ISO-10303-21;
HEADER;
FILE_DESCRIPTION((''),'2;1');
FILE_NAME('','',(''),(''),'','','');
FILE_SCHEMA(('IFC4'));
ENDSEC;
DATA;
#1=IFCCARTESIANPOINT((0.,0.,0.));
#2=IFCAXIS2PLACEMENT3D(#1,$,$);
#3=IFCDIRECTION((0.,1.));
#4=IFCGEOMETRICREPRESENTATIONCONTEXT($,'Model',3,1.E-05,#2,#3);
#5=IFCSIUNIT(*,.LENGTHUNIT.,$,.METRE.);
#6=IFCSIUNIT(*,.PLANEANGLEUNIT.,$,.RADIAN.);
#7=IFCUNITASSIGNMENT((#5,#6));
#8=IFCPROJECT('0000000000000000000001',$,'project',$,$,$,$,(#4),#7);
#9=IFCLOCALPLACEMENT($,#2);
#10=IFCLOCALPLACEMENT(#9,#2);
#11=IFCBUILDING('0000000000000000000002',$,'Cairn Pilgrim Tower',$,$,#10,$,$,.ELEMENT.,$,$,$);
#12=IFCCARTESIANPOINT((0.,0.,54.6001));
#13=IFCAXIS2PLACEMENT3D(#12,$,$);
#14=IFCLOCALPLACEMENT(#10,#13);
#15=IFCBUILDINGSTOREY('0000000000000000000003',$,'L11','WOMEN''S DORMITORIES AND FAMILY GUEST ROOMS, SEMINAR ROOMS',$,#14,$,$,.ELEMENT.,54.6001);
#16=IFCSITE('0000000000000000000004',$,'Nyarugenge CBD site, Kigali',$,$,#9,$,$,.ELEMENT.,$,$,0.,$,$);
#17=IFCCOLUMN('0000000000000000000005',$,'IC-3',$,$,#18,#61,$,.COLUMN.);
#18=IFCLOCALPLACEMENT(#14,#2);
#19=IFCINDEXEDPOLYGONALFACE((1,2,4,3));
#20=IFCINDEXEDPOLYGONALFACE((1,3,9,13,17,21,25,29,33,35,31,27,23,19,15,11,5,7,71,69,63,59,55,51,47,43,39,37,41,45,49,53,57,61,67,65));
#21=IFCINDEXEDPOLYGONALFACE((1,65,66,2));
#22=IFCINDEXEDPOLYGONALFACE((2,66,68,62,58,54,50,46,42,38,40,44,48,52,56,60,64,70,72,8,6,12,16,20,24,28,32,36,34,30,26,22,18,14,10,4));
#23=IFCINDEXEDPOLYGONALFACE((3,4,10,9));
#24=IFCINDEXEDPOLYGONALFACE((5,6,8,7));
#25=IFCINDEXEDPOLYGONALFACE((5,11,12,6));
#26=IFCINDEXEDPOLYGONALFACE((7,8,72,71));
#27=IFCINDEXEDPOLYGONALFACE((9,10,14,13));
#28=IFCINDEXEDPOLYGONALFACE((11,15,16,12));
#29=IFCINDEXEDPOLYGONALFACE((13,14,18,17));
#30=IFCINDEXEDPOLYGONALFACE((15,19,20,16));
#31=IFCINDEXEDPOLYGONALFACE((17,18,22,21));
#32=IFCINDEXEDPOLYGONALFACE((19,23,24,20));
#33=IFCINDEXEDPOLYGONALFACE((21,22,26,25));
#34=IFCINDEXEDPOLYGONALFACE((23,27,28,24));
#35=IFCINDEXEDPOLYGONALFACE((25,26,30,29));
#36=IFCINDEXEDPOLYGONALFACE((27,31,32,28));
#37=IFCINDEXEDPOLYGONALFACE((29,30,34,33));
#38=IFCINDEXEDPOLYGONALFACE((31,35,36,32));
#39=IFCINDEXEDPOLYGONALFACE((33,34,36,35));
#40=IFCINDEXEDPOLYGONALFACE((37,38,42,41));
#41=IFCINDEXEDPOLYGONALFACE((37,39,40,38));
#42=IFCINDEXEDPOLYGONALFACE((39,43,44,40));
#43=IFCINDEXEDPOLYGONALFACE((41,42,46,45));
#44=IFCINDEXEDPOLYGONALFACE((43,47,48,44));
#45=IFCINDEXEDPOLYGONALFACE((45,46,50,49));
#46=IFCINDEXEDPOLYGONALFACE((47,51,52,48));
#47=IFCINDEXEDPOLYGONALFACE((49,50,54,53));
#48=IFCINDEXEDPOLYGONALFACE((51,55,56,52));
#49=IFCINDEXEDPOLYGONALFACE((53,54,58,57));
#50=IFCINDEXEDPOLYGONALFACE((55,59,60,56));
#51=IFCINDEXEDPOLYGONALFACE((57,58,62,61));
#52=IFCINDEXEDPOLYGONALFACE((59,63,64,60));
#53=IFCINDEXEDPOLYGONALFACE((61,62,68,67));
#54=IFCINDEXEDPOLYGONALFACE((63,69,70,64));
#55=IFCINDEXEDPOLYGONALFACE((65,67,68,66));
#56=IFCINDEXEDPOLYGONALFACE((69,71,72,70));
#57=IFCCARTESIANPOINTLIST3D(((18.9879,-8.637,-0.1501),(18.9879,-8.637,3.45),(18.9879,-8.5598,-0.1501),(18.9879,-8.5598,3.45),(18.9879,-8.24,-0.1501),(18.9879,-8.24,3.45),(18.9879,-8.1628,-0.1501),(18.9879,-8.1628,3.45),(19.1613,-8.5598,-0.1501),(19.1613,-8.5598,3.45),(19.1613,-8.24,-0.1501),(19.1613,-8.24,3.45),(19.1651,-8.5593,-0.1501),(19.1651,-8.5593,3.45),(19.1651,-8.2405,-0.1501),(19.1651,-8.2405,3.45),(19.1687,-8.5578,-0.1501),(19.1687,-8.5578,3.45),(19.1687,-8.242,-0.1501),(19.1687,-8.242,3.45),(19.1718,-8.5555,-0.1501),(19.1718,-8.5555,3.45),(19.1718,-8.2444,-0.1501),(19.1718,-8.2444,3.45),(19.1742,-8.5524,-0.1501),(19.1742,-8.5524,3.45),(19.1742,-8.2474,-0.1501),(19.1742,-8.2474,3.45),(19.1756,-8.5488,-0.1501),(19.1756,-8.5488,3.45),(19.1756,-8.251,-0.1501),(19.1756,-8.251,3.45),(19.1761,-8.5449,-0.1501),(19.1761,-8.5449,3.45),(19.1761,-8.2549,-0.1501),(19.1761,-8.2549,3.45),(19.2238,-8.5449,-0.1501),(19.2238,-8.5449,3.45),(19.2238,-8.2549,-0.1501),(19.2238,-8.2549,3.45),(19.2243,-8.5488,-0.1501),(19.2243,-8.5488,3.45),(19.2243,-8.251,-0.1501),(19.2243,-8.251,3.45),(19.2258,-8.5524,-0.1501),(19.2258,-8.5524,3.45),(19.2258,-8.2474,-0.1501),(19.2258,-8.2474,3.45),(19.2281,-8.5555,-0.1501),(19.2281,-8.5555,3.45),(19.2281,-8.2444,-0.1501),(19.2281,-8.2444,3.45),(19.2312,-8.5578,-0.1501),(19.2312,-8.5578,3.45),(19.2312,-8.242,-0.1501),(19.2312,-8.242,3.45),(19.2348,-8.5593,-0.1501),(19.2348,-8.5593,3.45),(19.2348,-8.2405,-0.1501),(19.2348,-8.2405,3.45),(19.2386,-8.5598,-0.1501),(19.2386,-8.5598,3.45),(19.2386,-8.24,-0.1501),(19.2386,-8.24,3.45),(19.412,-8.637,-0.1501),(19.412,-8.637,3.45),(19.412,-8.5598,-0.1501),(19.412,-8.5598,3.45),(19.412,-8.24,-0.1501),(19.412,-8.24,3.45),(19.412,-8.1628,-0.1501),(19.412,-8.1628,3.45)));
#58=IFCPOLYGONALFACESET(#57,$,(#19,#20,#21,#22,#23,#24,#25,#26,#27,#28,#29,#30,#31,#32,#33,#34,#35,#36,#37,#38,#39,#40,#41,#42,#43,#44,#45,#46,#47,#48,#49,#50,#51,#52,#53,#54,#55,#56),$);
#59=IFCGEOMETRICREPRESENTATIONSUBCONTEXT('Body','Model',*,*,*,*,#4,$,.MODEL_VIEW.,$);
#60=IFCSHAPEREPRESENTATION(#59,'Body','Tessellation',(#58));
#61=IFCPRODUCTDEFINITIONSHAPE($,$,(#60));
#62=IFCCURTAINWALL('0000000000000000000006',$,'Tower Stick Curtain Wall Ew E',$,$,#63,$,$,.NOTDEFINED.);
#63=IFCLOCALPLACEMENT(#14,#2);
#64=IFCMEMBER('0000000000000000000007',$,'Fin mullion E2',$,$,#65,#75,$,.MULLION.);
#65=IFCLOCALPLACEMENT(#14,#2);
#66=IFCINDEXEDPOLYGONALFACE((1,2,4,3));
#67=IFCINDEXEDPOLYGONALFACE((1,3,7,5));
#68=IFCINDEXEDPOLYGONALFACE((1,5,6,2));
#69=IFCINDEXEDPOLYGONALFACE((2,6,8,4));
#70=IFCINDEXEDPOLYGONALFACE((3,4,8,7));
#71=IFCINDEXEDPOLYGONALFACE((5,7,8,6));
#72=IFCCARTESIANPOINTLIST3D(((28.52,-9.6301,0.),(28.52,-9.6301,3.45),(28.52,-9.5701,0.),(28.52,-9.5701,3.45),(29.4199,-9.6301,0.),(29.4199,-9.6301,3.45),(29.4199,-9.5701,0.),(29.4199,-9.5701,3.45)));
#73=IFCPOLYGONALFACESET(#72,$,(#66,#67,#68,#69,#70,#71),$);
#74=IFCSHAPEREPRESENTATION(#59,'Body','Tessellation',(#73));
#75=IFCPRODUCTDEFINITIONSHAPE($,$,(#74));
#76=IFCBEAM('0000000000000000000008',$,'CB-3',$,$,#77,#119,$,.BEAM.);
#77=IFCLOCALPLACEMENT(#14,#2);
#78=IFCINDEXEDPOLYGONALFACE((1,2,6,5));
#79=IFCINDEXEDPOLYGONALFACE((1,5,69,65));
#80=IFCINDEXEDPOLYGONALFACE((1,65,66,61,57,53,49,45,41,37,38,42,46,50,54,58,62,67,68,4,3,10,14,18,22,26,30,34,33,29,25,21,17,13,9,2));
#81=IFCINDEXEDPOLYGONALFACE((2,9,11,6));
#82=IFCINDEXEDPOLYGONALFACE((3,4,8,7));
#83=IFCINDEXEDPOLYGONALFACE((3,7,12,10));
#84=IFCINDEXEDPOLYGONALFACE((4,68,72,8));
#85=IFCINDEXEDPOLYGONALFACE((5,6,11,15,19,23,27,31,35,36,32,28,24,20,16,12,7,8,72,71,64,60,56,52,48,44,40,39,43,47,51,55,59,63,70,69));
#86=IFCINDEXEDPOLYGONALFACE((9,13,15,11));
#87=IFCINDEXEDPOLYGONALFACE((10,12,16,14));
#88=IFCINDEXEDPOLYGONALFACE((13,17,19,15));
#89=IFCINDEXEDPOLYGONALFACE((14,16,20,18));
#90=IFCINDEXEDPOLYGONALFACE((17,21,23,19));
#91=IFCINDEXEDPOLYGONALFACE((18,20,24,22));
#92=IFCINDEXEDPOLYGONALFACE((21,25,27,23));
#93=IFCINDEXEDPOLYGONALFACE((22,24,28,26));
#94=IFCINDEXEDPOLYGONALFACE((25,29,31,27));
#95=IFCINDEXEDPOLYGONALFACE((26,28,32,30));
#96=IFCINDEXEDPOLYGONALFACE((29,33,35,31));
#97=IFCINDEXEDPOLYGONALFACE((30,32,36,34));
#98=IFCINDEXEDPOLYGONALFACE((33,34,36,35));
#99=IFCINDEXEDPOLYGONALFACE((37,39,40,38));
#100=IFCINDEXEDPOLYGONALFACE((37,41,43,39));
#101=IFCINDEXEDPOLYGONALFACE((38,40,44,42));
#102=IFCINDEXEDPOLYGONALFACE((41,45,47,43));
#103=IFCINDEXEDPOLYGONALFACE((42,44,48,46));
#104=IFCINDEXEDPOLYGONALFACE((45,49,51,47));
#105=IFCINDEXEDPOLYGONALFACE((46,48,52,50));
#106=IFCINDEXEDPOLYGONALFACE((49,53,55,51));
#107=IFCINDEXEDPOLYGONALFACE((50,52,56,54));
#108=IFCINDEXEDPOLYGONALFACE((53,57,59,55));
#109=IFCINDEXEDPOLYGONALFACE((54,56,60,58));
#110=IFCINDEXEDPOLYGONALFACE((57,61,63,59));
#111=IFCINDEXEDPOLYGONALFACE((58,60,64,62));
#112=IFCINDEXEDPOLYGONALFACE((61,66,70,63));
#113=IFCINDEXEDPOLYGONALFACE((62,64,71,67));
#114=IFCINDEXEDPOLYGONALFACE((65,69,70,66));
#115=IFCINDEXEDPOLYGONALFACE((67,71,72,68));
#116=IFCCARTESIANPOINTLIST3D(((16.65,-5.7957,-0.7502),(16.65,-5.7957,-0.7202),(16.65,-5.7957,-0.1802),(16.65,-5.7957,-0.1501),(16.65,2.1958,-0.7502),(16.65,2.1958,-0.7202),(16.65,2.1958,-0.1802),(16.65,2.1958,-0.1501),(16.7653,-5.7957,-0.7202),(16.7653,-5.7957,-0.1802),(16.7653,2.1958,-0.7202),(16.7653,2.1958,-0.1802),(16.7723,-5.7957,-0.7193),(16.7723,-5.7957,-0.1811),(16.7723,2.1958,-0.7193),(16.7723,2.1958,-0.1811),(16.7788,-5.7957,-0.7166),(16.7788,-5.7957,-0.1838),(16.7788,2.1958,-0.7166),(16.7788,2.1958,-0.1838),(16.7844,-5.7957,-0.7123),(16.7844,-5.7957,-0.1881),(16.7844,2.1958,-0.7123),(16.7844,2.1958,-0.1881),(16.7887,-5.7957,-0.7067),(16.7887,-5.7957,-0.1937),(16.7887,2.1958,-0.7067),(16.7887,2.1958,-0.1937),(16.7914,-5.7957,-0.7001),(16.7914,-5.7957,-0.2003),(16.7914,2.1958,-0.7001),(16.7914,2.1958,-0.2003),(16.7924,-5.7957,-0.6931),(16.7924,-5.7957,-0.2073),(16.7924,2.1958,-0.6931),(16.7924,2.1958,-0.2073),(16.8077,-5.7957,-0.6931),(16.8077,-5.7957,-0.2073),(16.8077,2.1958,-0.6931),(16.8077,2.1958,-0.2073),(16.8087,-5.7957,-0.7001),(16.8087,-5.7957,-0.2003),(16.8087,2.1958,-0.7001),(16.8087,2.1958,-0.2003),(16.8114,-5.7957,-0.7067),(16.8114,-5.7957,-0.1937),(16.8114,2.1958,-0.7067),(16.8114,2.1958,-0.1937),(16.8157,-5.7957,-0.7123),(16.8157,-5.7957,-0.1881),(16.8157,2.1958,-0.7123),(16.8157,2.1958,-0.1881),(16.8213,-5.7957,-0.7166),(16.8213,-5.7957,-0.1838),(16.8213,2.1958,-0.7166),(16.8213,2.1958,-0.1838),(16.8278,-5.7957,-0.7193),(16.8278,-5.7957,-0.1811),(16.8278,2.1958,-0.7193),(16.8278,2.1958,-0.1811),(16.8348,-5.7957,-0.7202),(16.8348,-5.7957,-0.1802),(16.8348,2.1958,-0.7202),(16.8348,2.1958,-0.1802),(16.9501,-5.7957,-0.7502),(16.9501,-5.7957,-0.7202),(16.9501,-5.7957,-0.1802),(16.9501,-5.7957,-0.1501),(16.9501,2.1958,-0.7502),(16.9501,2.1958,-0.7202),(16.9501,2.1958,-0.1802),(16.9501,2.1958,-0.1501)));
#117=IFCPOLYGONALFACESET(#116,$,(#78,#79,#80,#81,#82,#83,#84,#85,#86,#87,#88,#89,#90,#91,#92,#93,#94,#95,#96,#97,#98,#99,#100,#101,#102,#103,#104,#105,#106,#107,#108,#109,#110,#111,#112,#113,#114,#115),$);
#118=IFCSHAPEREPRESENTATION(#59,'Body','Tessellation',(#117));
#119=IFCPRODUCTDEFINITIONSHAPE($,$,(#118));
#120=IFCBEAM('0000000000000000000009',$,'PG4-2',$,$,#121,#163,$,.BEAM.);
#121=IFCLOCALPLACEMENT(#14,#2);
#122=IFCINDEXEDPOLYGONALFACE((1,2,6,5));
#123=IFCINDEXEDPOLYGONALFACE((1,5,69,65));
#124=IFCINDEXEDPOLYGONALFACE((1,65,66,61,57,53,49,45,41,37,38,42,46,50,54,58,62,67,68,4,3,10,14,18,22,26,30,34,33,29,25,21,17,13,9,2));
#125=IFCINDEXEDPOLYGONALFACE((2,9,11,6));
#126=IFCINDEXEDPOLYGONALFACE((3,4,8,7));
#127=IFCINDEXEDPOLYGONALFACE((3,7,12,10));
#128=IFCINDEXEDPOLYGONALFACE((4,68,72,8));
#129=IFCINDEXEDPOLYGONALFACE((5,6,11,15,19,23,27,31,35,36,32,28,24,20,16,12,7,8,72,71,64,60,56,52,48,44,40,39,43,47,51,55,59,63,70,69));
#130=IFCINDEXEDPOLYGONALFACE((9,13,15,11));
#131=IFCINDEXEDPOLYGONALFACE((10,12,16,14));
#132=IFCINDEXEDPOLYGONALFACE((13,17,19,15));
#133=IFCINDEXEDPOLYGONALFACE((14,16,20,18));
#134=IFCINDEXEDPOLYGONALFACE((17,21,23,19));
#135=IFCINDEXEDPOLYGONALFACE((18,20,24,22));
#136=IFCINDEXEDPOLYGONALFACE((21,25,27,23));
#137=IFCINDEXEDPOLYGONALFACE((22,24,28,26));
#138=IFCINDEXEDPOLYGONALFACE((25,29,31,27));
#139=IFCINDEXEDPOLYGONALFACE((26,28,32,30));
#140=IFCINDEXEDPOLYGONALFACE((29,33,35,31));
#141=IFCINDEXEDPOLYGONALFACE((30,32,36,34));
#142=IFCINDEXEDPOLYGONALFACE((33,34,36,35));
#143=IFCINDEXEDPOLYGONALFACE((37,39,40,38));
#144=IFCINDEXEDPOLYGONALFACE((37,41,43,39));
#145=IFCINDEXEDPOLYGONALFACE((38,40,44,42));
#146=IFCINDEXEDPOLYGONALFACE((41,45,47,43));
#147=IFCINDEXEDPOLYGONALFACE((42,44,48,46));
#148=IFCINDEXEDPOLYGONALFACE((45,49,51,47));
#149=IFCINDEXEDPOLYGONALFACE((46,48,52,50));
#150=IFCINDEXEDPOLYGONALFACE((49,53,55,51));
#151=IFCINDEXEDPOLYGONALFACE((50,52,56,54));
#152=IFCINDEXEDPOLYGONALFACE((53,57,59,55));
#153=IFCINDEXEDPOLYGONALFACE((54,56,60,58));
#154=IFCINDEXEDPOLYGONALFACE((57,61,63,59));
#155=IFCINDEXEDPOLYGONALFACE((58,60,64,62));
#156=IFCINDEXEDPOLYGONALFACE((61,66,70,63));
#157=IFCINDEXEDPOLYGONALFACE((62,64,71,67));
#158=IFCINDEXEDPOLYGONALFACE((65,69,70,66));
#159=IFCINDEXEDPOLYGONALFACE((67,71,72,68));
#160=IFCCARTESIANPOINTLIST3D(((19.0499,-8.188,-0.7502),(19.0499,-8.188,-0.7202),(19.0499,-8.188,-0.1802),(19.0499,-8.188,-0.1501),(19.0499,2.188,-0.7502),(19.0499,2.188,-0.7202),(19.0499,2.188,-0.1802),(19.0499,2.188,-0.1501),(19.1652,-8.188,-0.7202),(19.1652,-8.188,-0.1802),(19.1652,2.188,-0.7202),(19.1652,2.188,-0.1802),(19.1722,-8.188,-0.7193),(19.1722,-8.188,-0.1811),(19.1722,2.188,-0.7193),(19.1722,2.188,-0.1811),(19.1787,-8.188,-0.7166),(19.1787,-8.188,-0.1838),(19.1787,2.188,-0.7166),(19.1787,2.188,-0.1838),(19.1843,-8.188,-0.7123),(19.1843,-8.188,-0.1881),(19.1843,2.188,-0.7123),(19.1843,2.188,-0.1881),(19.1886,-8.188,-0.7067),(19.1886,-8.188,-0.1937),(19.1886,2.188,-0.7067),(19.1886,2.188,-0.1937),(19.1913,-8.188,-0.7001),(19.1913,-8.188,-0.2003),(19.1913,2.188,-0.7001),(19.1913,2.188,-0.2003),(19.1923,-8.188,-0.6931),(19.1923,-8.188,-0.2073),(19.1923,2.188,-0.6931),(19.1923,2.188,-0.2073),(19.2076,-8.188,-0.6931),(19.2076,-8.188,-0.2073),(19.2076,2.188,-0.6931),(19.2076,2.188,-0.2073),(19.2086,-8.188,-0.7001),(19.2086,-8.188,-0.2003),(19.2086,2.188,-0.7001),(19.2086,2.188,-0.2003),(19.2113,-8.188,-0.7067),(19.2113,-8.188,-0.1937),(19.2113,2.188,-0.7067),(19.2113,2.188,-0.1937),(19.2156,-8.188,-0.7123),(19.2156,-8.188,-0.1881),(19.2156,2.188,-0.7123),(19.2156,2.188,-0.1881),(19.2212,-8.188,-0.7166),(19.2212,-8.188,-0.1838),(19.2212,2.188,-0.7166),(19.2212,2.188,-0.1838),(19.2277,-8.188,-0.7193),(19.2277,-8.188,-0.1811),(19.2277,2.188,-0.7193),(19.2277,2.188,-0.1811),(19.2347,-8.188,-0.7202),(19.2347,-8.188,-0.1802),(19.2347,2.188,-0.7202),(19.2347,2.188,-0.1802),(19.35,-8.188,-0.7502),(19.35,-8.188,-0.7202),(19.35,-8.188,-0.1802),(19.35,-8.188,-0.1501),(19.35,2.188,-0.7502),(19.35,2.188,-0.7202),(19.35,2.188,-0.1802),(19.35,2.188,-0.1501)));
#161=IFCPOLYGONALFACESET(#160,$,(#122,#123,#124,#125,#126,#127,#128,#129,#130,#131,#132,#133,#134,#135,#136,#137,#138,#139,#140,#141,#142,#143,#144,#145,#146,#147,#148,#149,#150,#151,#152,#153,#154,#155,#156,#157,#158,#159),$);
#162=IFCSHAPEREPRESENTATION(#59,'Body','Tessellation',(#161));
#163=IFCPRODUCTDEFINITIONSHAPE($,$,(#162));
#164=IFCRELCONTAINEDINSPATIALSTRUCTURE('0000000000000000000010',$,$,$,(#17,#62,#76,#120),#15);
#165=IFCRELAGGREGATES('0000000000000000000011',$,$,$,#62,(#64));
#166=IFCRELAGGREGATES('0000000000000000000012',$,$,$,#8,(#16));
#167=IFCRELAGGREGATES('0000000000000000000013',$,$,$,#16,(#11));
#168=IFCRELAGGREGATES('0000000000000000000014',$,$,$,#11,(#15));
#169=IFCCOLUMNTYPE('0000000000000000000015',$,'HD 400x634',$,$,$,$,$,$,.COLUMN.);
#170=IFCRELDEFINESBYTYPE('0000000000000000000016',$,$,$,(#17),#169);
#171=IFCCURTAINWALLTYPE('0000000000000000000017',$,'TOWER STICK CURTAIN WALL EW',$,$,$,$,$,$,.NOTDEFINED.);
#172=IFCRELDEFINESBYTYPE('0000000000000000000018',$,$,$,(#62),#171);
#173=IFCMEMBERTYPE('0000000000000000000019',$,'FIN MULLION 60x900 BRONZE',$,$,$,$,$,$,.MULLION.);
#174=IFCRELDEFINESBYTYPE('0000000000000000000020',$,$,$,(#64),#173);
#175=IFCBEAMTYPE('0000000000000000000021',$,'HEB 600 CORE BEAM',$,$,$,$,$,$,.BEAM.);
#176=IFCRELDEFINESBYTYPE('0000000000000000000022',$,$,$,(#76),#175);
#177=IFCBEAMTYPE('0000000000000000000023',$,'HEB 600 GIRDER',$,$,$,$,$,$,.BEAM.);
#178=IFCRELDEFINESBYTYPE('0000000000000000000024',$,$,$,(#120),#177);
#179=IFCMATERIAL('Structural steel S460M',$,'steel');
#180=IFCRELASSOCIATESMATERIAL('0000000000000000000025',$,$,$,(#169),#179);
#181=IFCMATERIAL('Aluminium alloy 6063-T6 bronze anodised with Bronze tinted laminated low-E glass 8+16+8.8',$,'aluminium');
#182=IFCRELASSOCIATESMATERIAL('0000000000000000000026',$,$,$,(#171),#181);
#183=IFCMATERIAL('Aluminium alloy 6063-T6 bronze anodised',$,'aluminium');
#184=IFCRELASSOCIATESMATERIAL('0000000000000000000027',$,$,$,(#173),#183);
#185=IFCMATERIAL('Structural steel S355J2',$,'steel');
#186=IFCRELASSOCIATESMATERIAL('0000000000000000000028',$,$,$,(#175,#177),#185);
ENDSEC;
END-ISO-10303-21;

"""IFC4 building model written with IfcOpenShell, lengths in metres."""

from ifc_helpers import new_model, si_unit, direction, frame, origin, origin_2d, place, context, subcontext, project, spatial, rectangle, i_section, extrude, material, material_profile, profile_set, type_object, element, aggregate, save


model = new_model("IFC4")

# Units and contexts
model_context = context("Model", 3, precision=1e-05, world=origin(), true_north=direction((0.0, 1.0)))
body_context = subcontext(model_context, "Body", "Model", "MODEL_VIEW")
ifc_project = project(units=[si_unit("LENGTHUNIT", "METRE"), si_unit("PLANEANGLEUNIT", "RADIAN")], contexts=[model_context])

# Site, building, storey
site_placement = place(None, origin())
site = spatial("IfcSite", under=ifc_project, at=site_placement, Name="Nyarugenge CBD site, Kigali", CompositionType="ELEMENT", RefElevation=0.0)
building_placement = place(site_placement, origin())
building = spatial("IfcBuilding", under=site, at=building_placement, Name="Cairn Pilgrim Tower", CompositionType="ELEMENT")
storey_placement = place(building_placement, frame((0.0, 0.0, 54.6001)))
storey = spatial("IfcBuildingStorey", under=building, at=storey_placement, Name="L11", Description="WOMEN'S DORMITORIES AND FAMILY GUEST ROOMS, SEMINAR ROOMS", CompositionType="ELEMENT", Elevation=54.6001)

# Column
ifc_material_1 = material(Name="Structural steel S460M", Category="steel")
ifc_material_profile_1 = material_profile(ifc_material_1, i_section(OverallWidth=0.4241, OverallDepth=0.4741, WebThickness=0.0476, FlangeThickness=0.0771, FilletRadius=0.0149, at=origin_2d()), Name="HD 400x634")
ifc_profile_set_1 = profile_set([ifc_material_profile_1], Name="Structural steel S460M")
column_type = type_object("IfcColumnType", Name="HD 400x634", PredefinedType="COLUMN", material=ifc_profile_set_1)
column_placement = place(storey_placement, frame((19.2, -8.3999, -0.1501), z_axis=(0.0, 0.0, 1.0), x_axis=(1.0, 0.0, 0.0)))
element("IfcColumn", 1, at=column_placement, inside=storey, type_object=column_type, Name="IC-3", PredefinedType="COLUMN", context=body_context, shape_type="SweptSolid", body=[
    extrude(i_section(OverallWidth=0.4241, OverallDepth=0.4741, WebThickness=0.0476, FlangeThickness=0.0771, FilletRadius=0.0149, at=origin_2d()), origin(), (0.0, 0.0, 1.0), 3.6001),
])

# Curtain wall, member
ifc_material_2 = material(Name="Aluminium alloy 6063-T6 bronze anodised with Bronze tinted laminated low-E glass 8+16+8.8", Category="aluminium")
curtain_wall_type = type_object("IfcCurtainWallType", Name="TOWER STICK CURTAIN WALL EW", PredefinedType="NOTDEFINED", material=ifc_material_2)
curtain_wall_placement = place(storey_placement, origin())
curtain_wall = element("IfcCurtainWall", 2, at=curtain_wall_placement, inside=storey, type_object=curtain_wall_type, Name="Tower Stick Curtain Wall Ew E", PredefinedType="NOTDEFINED")
ifc_material_3 = material(Name="Aluminium alloy 6063-T6 bronze anodised", Category="aluminium")
ifc_material_profile_2 = material_profile(ifc_material_3, rectangle(XDim=0.8999, YDim=0.0601, at=origin_2d()), Name="FIN MULLION 60x900 BRONZE")
ifc_profile_set_2 = profile_set([ifc_material_profile_2], Name="Aluminium alloy 6063-T6 bronze anodised")
member_type = type_object("IfcMemberType", Name="FIN MULLION 60x900 BRONZE", PredefinedType="MULLION", material=ifc_profile_set_2)
member_placement = place(storey_placement, frame((28.97, -9.6001, 0.0), z_axis=(0.0, 0.0, 1.0), x_axis=(1.0, 0.0, 0.0)))
member = element("IfcMember", 3, at=member_placement, type_object=member_type, Name="Fin mullion E2", PredefinedType="MULLION", context=body_context, shape_type="SweptSolid", body=[
    extrude(rectangle(XDim=0.8999, YDim=0.0601, at=origin_2d()), origin(), (0.0, 0.0, 1.0), 3.45),
])

# Beams
ifc_material_4 = material(Name="Structural steel S355J2", Category="steel")
ifc_material_profile_3 = material_profile(ifc_material_4, i_section(OverallWidth=0.3, OverallDepth=0.6001, WebThickness=0.0154, FlangeThickness=0.03, FilletRadius=0.0271, at=origin_2d()), Name="HEB 600")
ifc_profile_set_3 = profile_set([ifc_material_profile_3], Name="Structural steel S355J2")
beam_type_1 = type_object("IfcBeamType", Name="HEB 600 CORE BEAM", PredefinedType="BEAM", material=ifc_profile_set_3)
beam_1_placement = place(storey_placement, frame((16.8, -5.7957, -0.4502), z_axis=(0.0, 1.0, 0.0), x_axis=(-1.0, 0.0, 0.0)))
element("IfcBeam", 4, at=beam_1_placement, inside=storey, type_object=beam_type_1, Name="CB-3", PredefinedType="BEAM", context=body_context, shape_type="SweptSolid", body=[
    extrude(i_section(OverallWidth=0.3, OverallDepth=0.6001, WebThickness=0.0154, FlangeThickness=0.03, FilletRadius=0.0271, at=origin_2d()), origin(), (0.0, 0.0, 1.0), 7.9915),
])
ifc_material_profile_4 = material_profile(ifc_material_4, i_section(OverallWidth=0.3, OverallDepth=0.6001, WebThickness=0.0154, FlangeThickness=0.03, FilletRadius=0.0271, at=origin_2d()), Name="HEB 600")
ifc_profile_set_4 = profile_set([ifc_material_profile_4], Name="Structural steel S355J2")
beam_type_2 = type_object("IfcBeamType", Name="HEB 600 GIRDER", PredefinedType="BEAM", material=ifc_profile_set_4)
beam_2_placement = place(storey_placement, frame((19.2, -8.188, -0.4502), z_axis=(0.0, 1.0, 0.0), x_axis=(-1.0, 0.0, 0.0)))
element("IfcBeam", 5, at=beam_2_placement, inside=storey, type_object=beam_type_2, Name="PG4-2", PredefinedType="BEAM", context=body_context, shape_type="SweptSolid", body=[
    extrude(i_section(OverallWidth=0.3, OverallDepth=0.6001, WebThickness=0.0154, FlangeThickness=0.03, FilletRadius=0.0271, at=origin_2d()), origin(), (0.0, 0.0, 1.0), 10.376),
])

aggregate(curtain_wall, [member])

save(model, "model.ifc")
